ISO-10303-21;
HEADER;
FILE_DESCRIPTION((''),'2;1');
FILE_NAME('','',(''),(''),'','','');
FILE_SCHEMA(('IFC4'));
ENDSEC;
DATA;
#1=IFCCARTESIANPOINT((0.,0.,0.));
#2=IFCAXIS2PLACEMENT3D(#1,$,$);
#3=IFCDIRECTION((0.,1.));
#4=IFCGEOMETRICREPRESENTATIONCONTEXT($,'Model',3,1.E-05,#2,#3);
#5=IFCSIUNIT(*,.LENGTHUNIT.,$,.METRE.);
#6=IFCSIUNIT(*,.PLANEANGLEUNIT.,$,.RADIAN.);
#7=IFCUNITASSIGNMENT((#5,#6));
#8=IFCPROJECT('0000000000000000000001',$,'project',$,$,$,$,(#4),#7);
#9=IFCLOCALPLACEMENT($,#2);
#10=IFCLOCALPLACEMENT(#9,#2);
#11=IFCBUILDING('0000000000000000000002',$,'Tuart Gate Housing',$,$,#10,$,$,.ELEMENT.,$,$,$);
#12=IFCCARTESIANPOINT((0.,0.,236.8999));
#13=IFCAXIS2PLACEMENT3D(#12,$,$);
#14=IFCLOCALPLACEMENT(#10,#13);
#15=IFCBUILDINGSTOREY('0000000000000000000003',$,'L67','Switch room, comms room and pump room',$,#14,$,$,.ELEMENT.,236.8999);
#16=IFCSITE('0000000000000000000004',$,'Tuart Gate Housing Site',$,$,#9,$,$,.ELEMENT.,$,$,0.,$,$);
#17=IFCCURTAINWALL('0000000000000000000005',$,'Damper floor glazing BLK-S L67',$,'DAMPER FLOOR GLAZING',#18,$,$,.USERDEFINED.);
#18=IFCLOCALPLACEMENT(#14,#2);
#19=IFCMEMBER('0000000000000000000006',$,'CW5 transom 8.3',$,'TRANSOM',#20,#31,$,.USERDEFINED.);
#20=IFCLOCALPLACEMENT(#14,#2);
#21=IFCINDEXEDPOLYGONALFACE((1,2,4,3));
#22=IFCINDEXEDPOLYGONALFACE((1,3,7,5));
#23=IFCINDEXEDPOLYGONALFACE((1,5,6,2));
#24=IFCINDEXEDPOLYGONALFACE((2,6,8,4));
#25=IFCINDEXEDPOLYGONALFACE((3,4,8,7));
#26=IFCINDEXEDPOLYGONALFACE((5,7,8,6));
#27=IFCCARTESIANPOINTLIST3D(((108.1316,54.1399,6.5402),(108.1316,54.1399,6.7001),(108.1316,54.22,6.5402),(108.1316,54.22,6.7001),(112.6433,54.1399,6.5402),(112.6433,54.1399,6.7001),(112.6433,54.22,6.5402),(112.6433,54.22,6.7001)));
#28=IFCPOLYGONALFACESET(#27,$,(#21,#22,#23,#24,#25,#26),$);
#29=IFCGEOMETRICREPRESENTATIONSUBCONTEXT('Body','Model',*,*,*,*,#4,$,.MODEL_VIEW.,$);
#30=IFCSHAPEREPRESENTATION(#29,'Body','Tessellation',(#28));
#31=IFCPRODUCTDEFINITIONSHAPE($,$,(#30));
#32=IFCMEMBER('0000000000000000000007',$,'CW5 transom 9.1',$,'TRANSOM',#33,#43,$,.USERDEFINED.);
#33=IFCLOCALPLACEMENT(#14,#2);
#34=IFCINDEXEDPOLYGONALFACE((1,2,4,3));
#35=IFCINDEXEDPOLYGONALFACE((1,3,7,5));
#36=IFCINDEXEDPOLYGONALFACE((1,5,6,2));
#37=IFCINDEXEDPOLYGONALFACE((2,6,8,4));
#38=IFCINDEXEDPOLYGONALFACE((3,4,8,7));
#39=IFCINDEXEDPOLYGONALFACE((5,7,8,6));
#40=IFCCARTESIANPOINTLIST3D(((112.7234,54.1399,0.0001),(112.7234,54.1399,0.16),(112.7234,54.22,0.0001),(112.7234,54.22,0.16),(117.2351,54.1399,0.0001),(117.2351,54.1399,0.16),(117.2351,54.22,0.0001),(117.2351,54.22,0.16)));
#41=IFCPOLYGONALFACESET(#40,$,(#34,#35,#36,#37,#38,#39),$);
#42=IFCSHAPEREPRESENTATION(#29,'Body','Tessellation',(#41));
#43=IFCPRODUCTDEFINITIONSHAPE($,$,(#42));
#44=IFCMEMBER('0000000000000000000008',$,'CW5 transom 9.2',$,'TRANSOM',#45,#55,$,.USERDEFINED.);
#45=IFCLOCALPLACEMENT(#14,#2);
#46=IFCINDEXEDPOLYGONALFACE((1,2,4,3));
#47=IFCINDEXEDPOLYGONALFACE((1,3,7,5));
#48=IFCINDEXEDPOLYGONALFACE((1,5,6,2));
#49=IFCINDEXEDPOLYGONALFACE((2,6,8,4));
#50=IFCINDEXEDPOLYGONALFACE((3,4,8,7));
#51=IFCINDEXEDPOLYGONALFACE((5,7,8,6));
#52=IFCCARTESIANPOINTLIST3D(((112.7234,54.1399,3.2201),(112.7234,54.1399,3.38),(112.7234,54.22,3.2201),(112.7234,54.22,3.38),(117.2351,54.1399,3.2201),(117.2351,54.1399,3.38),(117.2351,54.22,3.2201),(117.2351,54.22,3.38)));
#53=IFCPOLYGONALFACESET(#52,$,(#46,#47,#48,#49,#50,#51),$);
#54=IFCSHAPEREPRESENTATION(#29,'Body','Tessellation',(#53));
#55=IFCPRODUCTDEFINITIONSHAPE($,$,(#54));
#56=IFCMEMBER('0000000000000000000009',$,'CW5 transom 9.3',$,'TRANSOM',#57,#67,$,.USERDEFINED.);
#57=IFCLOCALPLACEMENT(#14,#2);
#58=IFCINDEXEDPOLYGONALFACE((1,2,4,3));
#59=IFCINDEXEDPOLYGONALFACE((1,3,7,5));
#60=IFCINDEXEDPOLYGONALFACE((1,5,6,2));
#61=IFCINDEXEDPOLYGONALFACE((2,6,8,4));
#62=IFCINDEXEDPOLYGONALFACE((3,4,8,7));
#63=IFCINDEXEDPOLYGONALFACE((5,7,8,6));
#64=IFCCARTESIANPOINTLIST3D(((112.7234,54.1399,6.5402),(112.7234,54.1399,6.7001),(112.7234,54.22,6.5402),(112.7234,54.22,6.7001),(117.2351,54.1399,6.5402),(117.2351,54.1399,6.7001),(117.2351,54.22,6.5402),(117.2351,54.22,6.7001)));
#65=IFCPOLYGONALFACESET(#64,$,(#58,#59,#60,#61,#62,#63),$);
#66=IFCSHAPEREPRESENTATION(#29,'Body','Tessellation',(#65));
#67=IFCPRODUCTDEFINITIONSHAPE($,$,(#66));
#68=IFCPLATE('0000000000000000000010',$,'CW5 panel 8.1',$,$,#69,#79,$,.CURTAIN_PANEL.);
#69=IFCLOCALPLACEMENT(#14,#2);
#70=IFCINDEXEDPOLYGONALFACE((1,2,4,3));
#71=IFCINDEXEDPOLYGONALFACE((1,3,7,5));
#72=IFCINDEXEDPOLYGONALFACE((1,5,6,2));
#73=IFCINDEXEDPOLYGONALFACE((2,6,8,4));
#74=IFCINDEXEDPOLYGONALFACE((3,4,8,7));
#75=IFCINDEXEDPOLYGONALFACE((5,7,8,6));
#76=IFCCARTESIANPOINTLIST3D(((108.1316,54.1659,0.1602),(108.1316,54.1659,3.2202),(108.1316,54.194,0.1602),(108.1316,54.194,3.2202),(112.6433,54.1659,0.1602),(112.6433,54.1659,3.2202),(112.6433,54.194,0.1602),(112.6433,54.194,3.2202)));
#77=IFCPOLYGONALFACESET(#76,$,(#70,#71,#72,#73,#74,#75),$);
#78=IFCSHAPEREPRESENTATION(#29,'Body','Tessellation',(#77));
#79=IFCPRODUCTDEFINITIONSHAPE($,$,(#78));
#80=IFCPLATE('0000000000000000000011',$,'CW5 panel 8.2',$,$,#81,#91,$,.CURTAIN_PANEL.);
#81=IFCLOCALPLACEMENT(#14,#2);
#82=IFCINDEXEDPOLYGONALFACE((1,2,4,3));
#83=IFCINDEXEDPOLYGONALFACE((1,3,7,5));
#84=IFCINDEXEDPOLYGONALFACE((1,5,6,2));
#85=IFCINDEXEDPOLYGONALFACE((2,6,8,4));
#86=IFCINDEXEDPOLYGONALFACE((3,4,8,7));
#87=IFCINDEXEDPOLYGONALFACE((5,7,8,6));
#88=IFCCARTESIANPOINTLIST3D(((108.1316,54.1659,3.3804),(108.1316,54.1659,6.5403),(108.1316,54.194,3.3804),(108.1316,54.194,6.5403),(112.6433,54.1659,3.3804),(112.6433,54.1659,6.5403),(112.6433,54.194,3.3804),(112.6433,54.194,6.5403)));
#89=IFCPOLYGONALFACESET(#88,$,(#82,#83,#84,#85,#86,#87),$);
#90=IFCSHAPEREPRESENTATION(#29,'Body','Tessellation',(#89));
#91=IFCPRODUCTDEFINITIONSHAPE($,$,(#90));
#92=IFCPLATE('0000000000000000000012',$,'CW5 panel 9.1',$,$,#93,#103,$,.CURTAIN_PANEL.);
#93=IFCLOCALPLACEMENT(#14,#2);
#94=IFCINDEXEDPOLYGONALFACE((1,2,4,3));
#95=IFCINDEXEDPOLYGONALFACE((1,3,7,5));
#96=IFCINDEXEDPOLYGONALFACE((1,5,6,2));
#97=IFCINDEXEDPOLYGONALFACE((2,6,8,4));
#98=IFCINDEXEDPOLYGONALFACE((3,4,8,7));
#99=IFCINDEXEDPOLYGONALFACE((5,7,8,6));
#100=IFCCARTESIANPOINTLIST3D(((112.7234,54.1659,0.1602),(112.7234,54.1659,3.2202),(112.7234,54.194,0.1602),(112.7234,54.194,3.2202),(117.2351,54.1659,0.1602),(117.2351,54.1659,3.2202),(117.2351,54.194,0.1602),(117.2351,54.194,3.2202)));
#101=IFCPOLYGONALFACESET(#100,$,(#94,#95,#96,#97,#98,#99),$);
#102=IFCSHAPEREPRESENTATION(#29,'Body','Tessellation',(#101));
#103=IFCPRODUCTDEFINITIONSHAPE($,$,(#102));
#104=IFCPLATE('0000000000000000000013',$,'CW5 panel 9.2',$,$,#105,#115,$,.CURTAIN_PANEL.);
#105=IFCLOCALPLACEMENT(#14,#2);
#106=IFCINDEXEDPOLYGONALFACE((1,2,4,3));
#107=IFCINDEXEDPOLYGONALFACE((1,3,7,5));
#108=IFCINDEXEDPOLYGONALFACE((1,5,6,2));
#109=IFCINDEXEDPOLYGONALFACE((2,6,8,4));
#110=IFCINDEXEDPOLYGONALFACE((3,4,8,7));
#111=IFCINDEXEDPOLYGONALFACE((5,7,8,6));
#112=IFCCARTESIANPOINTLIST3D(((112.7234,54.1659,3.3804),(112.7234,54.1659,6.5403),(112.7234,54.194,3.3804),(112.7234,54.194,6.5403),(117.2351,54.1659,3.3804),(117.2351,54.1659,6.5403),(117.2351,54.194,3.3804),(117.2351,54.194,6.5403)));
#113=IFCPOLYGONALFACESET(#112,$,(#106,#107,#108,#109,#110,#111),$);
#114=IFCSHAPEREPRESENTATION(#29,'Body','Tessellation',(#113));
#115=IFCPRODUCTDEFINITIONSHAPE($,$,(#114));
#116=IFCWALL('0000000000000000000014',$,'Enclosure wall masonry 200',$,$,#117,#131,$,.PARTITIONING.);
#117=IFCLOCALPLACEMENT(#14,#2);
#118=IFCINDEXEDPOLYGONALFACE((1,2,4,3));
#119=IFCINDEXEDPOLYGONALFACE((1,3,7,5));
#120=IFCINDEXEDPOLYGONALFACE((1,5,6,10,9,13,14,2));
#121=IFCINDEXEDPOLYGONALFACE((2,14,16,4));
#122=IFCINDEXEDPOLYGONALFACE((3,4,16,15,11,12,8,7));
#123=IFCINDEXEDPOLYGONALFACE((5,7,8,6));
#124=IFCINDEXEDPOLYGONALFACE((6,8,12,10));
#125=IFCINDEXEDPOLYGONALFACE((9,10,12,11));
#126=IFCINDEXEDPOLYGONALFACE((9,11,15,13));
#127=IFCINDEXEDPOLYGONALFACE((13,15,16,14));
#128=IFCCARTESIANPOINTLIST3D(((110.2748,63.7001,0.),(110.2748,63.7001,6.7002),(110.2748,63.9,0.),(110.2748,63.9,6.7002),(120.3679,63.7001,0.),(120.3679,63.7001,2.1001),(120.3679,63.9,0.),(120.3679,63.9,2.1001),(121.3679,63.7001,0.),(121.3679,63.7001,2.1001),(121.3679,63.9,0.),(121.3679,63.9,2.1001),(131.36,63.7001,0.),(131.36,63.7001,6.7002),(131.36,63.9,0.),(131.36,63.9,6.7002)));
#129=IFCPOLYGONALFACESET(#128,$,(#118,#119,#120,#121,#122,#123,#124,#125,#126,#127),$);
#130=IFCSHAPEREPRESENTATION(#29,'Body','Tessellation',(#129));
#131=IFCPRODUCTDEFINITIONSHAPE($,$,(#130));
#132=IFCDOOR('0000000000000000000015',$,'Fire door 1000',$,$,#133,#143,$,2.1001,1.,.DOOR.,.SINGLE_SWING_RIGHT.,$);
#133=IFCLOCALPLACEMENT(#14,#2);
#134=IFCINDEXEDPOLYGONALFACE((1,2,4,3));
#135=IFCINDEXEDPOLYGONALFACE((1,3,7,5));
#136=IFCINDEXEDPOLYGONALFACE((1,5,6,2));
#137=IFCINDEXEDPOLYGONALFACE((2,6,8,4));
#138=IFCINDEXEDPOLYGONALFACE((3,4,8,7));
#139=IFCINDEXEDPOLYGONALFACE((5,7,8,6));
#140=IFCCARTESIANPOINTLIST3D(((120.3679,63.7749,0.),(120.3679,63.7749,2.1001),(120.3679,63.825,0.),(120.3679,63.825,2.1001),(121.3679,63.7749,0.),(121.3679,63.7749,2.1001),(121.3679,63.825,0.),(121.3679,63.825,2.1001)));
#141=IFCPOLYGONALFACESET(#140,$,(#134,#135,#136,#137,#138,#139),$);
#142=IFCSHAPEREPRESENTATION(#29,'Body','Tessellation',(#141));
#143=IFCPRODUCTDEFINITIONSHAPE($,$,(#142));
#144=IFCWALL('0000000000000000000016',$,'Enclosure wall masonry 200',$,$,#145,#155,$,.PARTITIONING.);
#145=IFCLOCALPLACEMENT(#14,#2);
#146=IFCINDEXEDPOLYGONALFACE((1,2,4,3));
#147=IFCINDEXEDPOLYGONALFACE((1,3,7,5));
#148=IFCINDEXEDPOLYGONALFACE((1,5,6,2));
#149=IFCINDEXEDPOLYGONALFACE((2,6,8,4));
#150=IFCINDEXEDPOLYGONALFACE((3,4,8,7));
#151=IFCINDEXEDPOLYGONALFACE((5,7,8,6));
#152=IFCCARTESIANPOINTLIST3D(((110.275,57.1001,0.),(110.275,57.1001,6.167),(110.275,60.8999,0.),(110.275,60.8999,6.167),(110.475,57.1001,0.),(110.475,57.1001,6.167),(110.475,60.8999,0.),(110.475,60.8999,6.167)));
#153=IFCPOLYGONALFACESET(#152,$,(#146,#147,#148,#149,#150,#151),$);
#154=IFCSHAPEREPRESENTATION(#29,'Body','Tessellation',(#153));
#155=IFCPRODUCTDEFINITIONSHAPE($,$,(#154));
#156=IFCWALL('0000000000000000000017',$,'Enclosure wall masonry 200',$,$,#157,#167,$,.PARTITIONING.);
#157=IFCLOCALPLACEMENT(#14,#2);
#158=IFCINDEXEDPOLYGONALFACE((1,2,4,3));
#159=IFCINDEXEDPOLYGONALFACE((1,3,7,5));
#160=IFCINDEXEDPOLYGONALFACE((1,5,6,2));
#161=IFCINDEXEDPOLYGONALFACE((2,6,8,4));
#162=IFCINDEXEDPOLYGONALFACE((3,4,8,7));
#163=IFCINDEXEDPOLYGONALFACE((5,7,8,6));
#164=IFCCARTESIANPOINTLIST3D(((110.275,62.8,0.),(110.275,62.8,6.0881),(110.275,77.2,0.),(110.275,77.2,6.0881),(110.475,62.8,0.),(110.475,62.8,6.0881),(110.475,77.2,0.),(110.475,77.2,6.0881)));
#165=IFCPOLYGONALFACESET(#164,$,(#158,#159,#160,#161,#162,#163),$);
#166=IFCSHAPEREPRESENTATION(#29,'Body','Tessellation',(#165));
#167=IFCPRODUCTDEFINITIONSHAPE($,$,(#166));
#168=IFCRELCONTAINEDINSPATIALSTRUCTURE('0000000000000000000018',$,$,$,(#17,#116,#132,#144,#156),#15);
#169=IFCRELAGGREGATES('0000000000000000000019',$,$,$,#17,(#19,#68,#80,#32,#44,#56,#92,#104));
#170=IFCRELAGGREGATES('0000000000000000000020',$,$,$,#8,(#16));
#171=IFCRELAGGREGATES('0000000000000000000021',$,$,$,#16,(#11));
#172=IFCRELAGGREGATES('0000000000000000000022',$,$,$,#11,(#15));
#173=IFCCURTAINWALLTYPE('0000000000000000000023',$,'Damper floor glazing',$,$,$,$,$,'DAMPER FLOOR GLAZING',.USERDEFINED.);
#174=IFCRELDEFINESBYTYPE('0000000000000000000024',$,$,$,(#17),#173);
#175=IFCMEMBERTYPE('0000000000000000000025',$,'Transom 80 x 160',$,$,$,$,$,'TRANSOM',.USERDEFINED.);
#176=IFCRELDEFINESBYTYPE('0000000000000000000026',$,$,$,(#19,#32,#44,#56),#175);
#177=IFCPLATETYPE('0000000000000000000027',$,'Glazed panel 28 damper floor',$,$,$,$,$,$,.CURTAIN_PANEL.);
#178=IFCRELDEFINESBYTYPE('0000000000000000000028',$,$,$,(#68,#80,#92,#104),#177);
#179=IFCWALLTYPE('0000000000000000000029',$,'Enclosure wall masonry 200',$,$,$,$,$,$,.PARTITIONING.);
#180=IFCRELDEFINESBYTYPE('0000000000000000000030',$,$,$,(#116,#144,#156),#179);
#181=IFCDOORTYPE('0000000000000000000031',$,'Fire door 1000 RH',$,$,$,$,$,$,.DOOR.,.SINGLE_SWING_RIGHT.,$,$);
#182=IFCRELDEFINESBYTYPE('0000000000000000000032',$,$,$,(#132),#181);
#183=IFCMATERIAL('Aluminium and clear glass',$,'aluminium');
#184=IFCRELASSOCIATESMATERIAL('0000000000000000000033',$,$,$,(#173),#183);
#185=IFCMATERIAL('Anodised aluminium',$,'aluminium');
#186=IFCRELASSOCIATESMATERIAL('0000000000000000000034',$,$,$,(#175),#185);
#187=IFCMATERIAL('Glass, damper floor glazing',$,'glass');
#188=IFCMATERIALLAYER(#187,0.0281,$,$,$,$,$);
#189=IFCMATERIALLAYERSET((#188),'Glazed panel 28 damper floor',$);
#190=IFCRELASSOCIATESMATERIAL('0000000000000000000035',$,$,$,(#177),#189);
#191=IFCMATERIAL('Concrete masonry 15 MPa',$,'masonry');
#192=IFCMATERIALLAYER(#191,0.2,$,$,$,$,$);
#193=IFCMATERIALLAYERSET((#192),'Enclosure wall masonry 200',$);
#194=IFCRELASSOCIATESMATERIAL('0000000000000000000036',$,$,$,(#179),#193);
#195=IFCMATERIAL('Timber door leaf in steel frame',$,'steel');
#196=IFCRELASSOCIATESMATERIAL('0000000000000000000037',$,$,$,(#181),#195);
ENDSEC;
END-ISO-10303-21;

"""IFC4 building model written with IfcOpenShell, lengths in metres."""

from ifc_helpers import new_model, si_unit, direction, frame, frame_2d, origin, origin_2d, place, context, subcontext, project, spatial, rectangle, extrude, material, layer, layer_set, material_profile, profile_set, type_object, element, fill, aggregate, save


model = new_model("IFC4")

# Units and contexts
model_context = context("Model", 3, precision=1e-05, world=origin(), true_north=direction((0.0, 1.0)))
body_context = subcontext(model_context, "Body", "Model", "MODEL_VIEW")
ifc_project = project(units=[si_unit("LENGTHUNIT", "METRE"), si_unit("PLANEANGLEUNIT", "RADIAN")], contexts=[model_context])

# Site, building, storey
site_placement = place(None, origin())
site = spatial("IfcSite", under=ifc_project, at=site_placement, Name="Tuart Gate Housing Site", CompositionType="ELEMENT", RefElevation=0.0)
building_placement = place(site_placement, origin())
building = spatial("IfcBuilding", under=site, at=building_placement, Name="Tuart Gate Housing", CompositionType="ELEMENT")
storey_placement = place(building_placement, frame((0.0, 0.0, 236.8999)))
storey = spatial("IfcBuildingStorey", under=building, at=storey_placement, Name="L67", Description="Switch room, comms room and pump room", CompositionType="ELEMENT", Elevation=236.8999)

# Curtain wall, members, plates
ifc_material_1 = material(Name="Aluminium and clear glass", Category="aluminium")
curtain_wall_type = type_object("IfcCurtainWallType", Name="Damper floor glazing", ElementType="DAMPER FLOOR GLAZING", PredefinedType="USERDEFINED", material=ifc_material_1)
curtain_wall_placement = place(storey_placement, origin())
curtain_wall = element("IfcCurtainWall", 1, at=curtain_wall_placement, inside=storey, type_object=curtain_wall_type, Name="Damper floor glazing BLK-S L67", ObjectType="DAMPER FLOOR GLAZING", PredefinedType="USERDEFINED")
ifc_material_2 = material(Name="Anodised aluminium", Category="aluminium")
ifc_material_profile_1 = material_profile(ifc_material_2, rectangle(XDim=0.0801, YDim=0.1599, at=origin_2d()), Name="80x160")
ifc_profile_set_1 = profile_set([ifc_material_profile_1], Name="Anodised aluminium")
member_type_1 = type_object("IfcMemberType", Name="Transom 80 x 160", ElementType="TRANSOM", PredefinedType="USERDEFINED", material=ifc_profile_set_1)
member_1_placement = place(storey_placement, frame((108.1316, 54.1799, 6.6201), z_axis=(1.0, 0.0, 0.0), x_axis=(0.0, 1.0, 0.0)))
member_1 = element("IfcMember", 2, at=member_1_placement, type_object=member_type_1, Name="CW5 transom 8.3", ObjectType="TRANSOM", PredefinedType="USERDEFINED", context=body_context, shape_type="SweptSolid", body=[
    extrude(rectangle(XDim=0.0801, YDim=0.1599, at=origin_2d()), origin(), (0.0, 0.0, 1.0), 4.5117),
])
member_2_placement = place(storey_placement, frame((112.7234, 54.1799, 0.0801), z_axis=(1.0, 0.0, 0.0), x_axis=(0.0, 1.0, 0.0)))
member_2 = element("IfcMember", 3, at=member_2_placement, type_object=member_type_1, Name="CW5 transom 9.1", ObjectType="TRANSOM", PredefinedType="USERDEFINED", context=body_context, shape_type="SweptSolid", body=[
    extrude(rectangle(XDim=0.0801, YDim=0.1599, at=origin_2d()), origin(), (0.0, 0.0, 1.0), 4.5117),
])
member_3_placement = place(storey_placement, frame((112.7234, 54.1799, 3.3), z_axis=(1.0, 0.0, 0.0), x_axis=(0.0, 1.0, 0.0)))
member_3 = element("IfcMember", 4, at=member_3_placement, type_object=member_type_1, Name="CW5 transom 9.2", ObjectType="TRANSOM", PredefinedType="USERDEFINED", context=body_context, shape_type="SweptSolid", body=[
    extrude(rectangle(XDim=0.0801, YDim=0.1599, at=origin_2d()), origin(), (0.0, 0.0, 1.0), 4.5117),
])
member_4_placement = place(storey_placement, frame((112.7234, 54.1799, 6.6201), z_axis=(1.0, 0.0, 0.0), x_axis=(0.0, 1.0, 0.0)))
member_4 = element("IfcMember", 5, at=member_4_placement, type_object=member_type_1, Name="CW5 transom 9.3", ObjectType="TRANSOM", PredefinedType="USERDEFINED", context=body_context, shape_type="SweptSolid", body=[
    extrude(rectangle(XDim=0.0801, YDim=0.1599, at=origin_2d()), origin(), (0.0, 0.0, 1.0), 4.5117),
])
ifc_material_3 = material(Name="Glass, damper floor glazing", Category="glass")
ifc_layer_1 = layer(ifc_material_3, 0.0281)
ifc_layer_set_1 = layer_set([ifc_layer_1], Name="Glazed panel 28 damper floor")
plate_type = type_object("IfcPlateType", Name="Glazed panel 28 damper floor", PredefinedType="CURTAIN_PANEL", material=ifc_layer_set_1)
plate_1_placement = place(storey_placement, frame((110.3875, 54.1799, 0.1602), z_axis=(0.0, 0.0, 1.0), x_axis=(1.0, 0.0, 0.0)))
plate_1 = element("IfcPlate", 6, at=plate_1_placement, type_object=plate_type, Name="CW5 panel 8.1", PredefinedType="CURTAIN_PANEL", context=body_context, shape_type="SweptSolid", body=[
    extrude(rectangle(XDim=4.5117, YDim=0.0281, at=origin_2d()), origin(), (0.0, 0.0, 1.0), 3.0601),
])
plate_2_placement = place(storey_placement, frame((110.3875, 54.1799, 3.3804), z_axis=(0.0, 0.0, 1.0), x_axis=(1.0, 0.0, 0.0)))
plate_2 = element("IfcPlate", 7, at=plate_2_placement, type_object=plate_type, Name="CW5 panel 8.2", PredefinedType="CURTAIN_PANEL", context=body_context, shape_type="SweptSolid", body=[
    extrude(rectangle(XDim=4.5117, YDim=0.0281, at=origin_2d()), origin(), (0.0, 0.0, 1.0), 3.1599),
])
plate_3_placement = place(storey_placement, frame((114.9792, 54.1799, 0.1602), z_axis=(0.0, 0.0, 1.0), x_axis=(1.0, 0.0, 0.0)))
plate_3 = element("IfcPlate", 8, at=plate_3_placement, type_object=plate_type, Name="CW5 panel 9.1", PredefinedType="CURTAIN_PANEL", context=body_context, shape_type="SweptSolid", body=[
    extrude(rectangle(XDim=4.5117, YDim=0.0281, at=origin_2d()), origin(), (0.0, 0.0, 1.0), 3.0601),
])
plate_4_placement = place(storey_placement, frame((114.9792, 54.1799, 3.3804), z_axis=(0.0, 0.0, 1.0), x_axis=(1.0, 0.0, 0.0)))
plate_4 = element("IfcPlate", 9, at=plate_4_placement, type_object=plate_type, Name="CW5 panel 9.2", PredefinedType="CURTAIN_PANEL", context=body_context, shape_type="SweptSolid", body=[
    extrude(rectangle(XDim=4.5117, YDim=0.0281, at=origin_2d()), origin(), (0.0, 0.0, 1.0), 3.1599),
])
aggregate(curtain_wall, [member_1, plate_1, plate_2, member_2, member_3, member_4, plate_3, plate_4])

# Wall, opening, door
ifc_material_4 = material(Name="Concrete masonry 15 MPa", Category="masonry")
ifc_layer_2 = layer(ifc_material_4, 0.2)
ifc_layer_set_2 = layer_set([ifc_layer_2], Name="Enclosure wall masonry 200")
wall_type = type_object("IfcWallType", Name="Enclosure wall masonry 200", PredefinedType="PARTITIONING", material=ifc_layer_set_2)
wall_1_placement = place(storey_placement, frame((110.2749, 63.8, 0.0), z_axis=(0.0, 0.0, 1.0), x_axis=(1.0, 0.0, 0.0)))
wall_1 = element("IfcWall", 10, at=wall_1_placement, inside=storey, type_object=wall_type, Name="Enclosure wall masonry 200", PredefinedType="PARTITIONING", context=body_context, shape_type="SweptSolid", body=[
    extrude(rectangle(XDim=21.0852, YDim=0.2, at=frame_2d((10.5425, 0.0))), origin(), (0.0, 0.0, 1.0), 6.7002),
])
opening_placement = place(wall_1_placement, frame((10.093, 0.0, 0.0)))
opening = element("IfcOpeningElement", 11, at=opening_placement, cuts=wall_1, PredefinedType="OPENING", context=body_context, shape_type="SweptSolid", body=[
    extrude(rectangle(XDim=1.0, YDim=2.1001, at=frame_2d((0.5, 1.05))), frame((0.0, 0.1099, 0.0), z_axis=(0.0, -1.0, 0.0), x_axis=(1.0, 0.0, 0.0)), (0.0, 0.0, 1.0), 0.22),
])
ifc_material_5 = material(Name="Timber door leaf in steel frame", Category="steel")
door_type = type_object("IfcDoorType", Name="Fire door 1000 RH", OperationType="SINGLE_SWING_RIGHT", PredefinedType="DOOR", material=ifc_material_5)
door_placement = place(opening_placement, origin())
door = element("IfcDoor", 12, at=door_placement, inside=storey, type_object=door_type, Name="Fire door 1000", OperationType="SINGLE_SWING_RIGHT", OverallHeight=2.1001, OverallWidth=1.0, PredefinedType="DOOR", context=body_context, shape_type="SweptSolid", body=[
    extrude(rectangle(XDim=1.0, YDim=2.1001, at=frame_2d((0.5, 1.05))), frame((0.0, 0.0249, 0.0), z_axis=(0.0, -1.0, 0.0), x_axis=(1.0, 0.0, 0.0)), (0.0, 0.0, 1.0), 0.05),
])
fill(opening, door)

# Walls
wall_2_placement = place(storey_placement, frame((110.375, 57.1001, 0.0), z_axis=(0.0, 0.0, 1.0), x_axis=(0.0, 1.0, 0.0)))
element("IfcWall", 13, at=wall_2_placement, inside=storey, type_object=wall_type, Name="Enclosure wall masonry 200", PredefinedType="PARTITIONING", context=body_context, shape_type="SweptSolid", body=[
    extrude(rectangle(XDim=3.7998, YDim=0.2, at=frame_2d((1.8999, 0.0))), origin(), (0.0, 0.0, 1.0), 6.167),
])
wall_3_placement = place(storey_placement, frame((110.375, 62.8, 0.0), z_axis=(0.0, 0.0, 1.0), x_axis=(0.0, 1.0, 0.0)))
element("IfcWall", 14, at=wall_3_placement, inside=storey, type_object=wall_type, Name="Enclosure wall masonry 200", PredefinedType="PARTITIONING", context=body_context, shape_type="SweptSolid", body=[
    extrude(rectangle(XDim=14.3999, YDim=0.2, at=frame_2d((7.2, 0.0))), origin(), (0.0, 0.0, 1.0), 6.0881),
])

save(model, "model.ifc")
